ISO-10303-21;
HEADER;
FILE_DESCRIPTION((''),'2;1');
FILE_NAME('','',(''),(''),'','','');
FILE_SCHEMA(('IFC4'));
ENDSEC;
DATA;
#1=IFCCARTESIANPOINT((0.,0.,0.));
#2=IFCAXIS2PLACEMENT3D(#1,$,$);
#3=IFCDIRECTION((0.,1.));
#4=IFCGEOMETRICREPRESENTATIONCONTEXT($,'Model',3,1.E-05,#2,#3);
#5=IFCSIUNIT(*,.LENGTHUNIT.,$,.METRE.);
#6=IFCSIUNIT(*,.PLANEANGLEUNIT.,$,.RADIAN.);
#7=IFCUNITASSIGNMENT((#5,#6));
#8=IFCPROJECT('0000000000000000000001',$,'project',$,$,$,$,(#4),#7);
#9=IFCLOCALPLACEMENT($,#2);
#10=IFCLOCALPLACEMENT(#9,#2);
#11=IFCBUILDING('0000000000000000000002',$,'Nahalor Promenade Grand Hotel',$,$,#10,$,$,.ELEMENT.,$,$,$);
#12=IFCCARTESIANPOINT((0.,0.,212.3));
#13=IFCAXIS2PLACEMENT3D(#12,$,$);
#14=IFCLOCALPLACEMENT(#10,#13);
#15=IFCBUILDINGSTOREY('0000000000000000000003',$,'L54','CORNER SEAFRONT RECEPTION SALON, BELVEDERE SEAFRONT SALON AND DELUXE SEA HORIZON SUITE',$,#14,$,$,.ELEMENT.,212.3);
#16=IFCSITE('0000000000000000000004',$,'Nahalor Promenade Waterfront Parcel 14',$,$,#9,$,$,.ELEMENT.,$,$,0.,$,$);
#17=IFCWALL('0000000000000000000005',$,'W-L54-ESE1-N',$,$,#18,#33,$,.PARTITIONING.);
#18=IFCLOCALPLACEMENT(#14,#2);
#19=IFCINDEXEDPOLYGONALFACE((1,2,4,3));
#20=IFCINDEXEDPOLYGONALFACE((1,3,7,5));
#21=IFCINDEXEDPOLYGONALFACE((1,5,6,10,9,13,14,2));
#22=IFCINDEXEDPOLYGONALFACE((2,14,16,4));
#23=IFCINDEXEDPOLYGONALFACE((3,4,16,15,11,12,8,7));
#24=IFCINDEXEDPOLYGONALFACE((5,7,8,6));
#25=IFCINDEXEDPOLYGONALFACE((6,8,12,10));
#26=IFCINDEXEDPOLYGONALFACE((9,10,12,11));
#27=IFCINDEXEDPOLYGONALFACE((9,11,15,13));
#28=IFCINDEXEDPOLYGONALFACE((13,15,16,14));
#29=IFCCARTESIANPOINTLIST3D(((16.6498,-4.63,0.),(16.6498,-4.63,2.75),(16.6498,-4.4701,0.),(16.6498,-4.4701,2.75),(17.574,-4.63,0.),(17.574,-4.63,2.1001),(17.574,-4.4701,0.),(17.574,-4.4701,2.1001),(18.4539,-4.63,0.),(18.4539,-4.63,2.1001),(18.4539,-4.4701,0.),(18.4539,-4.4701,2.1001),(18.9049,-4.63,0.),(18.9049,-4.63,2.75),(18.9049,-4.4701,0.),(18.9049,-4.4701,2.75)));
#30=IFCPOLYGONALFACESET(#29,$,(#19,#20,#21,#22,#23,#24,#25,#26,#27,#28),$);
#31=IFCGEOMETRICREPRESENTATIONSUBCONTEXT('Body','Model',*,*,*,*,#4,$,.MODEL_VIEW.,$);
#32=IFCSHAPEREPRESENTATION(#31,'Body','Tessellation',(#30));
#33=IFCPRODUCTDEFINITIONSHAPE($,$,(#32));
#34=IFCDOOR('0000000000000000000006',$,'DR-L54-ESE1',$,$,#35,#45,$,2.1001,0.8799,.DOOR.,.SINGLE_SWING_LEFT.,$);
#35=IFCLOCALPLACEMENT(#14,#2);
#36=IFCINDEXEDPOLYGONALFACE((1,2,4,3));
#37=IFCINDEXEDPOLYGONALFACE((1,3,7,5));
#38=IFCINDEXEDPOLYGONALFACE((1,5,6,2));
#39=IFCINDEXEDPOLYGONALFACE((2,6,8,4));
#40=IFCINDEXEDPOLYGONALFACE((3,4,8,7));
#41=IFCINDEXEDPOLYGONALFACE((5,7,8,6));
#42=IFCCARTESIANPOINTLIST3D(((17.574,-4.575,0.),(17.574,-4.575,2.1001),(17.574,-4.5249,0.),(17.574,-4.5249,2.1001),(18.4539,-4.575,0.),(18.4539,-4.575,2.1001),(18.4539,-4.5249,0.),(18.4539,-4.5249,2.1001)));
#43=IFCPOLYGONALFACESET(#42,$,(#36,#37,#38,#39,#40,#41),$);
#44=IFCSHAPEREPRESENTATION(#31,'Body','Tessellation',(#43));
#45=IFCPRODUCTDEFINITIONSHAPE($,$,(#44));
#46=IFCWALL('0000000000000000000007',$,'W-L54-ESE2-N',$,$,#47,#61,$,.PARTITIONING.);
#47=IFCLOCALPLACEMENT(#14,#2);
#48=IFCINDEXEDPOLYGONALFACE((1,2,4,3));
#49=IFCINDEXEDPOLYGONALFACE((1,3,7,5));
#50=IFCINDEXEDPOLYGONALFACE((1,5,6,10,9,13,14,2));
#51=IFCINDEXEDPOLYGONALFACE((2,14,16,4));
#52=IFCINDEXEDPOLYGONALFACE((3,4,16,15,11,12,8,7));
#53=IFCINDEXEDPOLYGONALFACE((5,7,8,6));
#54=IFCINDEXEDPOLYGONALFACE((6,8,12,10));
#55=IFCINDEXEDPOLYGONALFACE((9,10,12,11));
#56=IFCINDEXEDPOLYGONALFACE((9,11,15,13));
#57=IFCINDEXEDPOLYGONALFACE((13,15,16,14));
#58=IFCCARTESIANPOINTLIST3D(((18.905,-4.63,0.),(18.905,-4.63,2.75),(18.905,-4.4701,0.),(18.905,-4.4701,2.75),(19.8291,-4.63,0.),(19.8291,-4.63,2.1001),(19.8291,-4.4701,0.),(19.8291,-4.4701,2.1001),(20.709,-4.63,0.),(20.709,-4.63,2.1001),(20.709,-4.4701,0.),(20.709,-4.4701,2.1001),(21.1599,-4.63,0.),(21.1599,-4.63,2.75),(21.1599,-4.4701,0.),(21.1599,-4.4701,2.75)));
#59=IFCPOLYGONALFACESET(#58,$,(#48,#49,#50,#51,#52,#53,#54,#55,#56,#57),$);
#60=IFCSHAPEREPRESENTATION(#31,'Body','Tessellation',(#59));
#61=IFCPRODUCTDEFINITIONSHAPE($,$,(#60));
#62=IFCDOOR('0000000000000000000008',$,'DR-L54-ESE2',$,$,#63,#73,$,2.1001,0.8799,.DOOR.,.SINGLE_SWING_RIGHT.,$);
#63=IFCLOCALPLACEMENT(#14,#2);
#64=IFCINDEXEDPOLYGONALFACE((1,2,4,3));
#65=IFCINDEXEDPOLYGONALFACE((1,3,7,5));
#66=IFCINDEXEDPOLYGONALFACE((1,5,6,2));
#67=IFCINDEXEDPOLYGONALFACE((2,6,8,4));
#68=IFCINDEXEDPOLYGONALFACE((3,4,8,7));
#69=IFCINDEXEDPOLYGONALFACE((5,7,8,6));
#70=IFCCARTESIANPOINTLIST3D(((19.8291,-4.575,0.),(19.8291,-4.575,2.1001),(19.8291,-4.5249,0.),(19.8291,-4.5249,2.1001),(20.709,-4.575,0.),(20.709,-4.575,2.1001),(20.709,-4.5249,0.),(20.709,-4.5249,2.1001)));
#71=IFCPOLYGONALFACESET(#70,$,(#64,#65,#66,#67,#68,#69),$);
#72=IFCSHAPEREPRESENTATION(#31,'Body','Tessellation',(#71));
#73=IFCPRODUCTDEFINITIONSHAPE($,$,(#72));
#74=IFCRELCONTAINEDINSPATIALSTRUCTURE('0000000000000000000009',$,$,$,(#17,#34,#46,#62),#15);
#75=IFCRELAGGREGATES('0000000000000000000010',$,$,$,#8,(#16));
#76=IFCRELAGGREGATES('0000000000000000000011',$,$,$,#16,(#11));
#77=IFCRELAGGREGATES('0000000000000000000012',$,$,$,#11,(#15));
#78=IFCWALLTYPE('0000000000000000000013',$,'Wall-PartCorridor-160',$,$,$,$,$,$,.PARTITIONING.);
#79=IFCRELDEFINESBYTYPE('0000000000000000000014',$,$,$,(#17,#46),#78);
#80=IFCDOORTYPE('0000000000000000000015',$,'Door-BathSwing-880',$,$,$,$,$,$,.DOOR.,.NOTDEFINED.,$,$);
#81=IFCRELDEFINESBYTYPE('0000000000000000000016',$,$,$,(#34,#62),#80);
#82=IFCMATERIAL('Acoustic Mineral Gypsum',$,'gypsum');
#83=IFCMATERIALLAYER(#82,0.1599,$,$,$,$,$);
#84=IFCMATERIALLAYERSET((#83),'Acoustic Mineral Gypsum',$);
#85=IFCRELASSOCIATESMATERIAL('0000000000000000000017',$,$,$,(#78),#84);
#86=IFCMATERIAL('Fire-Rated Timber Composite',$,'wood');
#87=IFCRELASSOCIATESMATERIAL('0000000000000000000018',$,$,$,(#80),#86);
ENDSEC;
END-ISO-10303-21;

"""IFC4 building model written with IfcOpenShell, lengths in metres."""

from ifc_helpers import new_model, si_unit, direction, frame, frame_2d, origin, place, context, subcontext, project, spatial, rectangle, extrude, source, transform, mapped, material, layer, layer_set, type_object, element, fill, save


model = new_model("IFC4")

# Units and contexts
model_context = context("Model", 3, precision=1e-05, world=origin(), true_north=direction((0.0, 1.0)))
body_context = subcontext(model_context, "Body", "Model", "MODEL_VIEW")
ifc_project = project(units=[si_unit("LENGTHUNIT", "METRE"), si_unit("PLANEANGLEUNIT", "RADIAN")], contexts=[model_context])

# Site, building, storey
site_placement = place(None, origin())
site = spatial("IfcSite", under=ifc_project, at=site_placement, Name="Nahalor Promenade Waterfront Parcel 14", CompositionType="ELEMENT", RefElevation=0.0)
building_placement = place(site_placement, origin())
building = spatial("IfcBuilding", under=site, at=building_placement, Name="Nahalor Promenade Grand Hotel", CompositionType="ELEMENT")
storey_placement = place(building_placement, frame((0.0, 0.0, 212.3)))
storey = spatial("IfcBuildingStorey", under=building, at=storey_placement, Name="L54", Description="CORNER SEAFRONT RECEPTION SALON, BELVEDERE SEAFRONT SALON AND DELUXE SEA HORIZON SUITE", CompositionType="ELEMENT", Elevation=212.3)

# Walls, openings, doors
ifc_material_1 = material(Name="Acoustic Mineral Gypsum", Category="gypsum")
ifc_layer_1 = layer(ifc_material_1, 0.1599)
ifc_layer_set_1 = layer_set([ifc_layer_1], Name="Acoustic Mineral Gypsum")
wall_type_1 = type_object("IfcWallType", Name="Wall-PartCorridor-160", PredefinedType="PARTITIONING", material=ifc_layer_set_1)
shared_shape_1 = source(origin(), body_context, "Body", "SweptSolid", [
    extrude(rectangle(XDim=2.2551, YDim=0.1599, at=frame_2d((1.1274, 0.0))), origin(), (0.0, 0.0, 1.0), 2.75),
])
wall_1_placement = place(storey_placement, frame((16.6499, -4.55, 0.0), z_axis=(0.0, 0.0, 1.0), x_axis=(1.0, 0.0, 0.0)))
wall_1 = element("IfcWall", 1, at=wall_1_placement, inside=storey, type_object=wall_type_1, Name="W-L54-ESE1-N", PredefinedType="PARTITIONING", context=body_context, shape_type="MappedRepresentation", body=[
    mapped(shared_shape_1, transform((0.0, 0.0, 0.0), scale=1.0)),
])
opening_1_placement = place(wall_1_placement, frame((0.9241, 0.0, 0.0)))
opening_1 = element("IfcOpeningElement", 2, at=opening_1_placement, cuts=wall_1, PredefinedType="OPENING", context=body_context, shape_type="SweptSolid", body=[
    extrude(rectangle(XDim=0.8799, YDim=2.1001, at=frame_2d((0.4399, 1.05))), frame((0.0, 0.0898, 0.0), z_axis=(0.0, -1.0, 0.0), x_axis=(1.0, 0.0, 0.0)), (0.0, 0.0, 1.0), 0.1799),
])
ifc_material_2 = material(Name="Fire-Rated Timber Composite", Category="wood")
door_type_1 = type_object("IfcDoorType", Name="Door-BathSwing-880", OperationType="NOTDEFINED", PredefinedType="DOOR", material=ifc_material_2)
shared_shape_2 = source(origin(), body_context, "Body", "SweptSolid", [
    extrude(rectangle(XDim=0.8799, YDim=2.1001, at=frame_2d((0.4399, 1.05))), frame((0.0, 0.0249, 0.0), z_axis=(0.0, -1.0, 0.0), x_axis=(1.0, 0.0, 0.0)), (0.0, 0.0, 1.0), 0.05),
])
door_1_placement = place(opening_1_placement, frame((0.8799, 0.0, 0.0), z_axis=(0.0, 0.0, 1.0), x_axis=(-1.0, 0.0, 0.0)))
door_1 = element("IfcDoor", 3, at=door_1_placement, inside=storey, type_object=door_type_1, Name="DR-L54-ESE1", OperationType="SINGLE_SWING_LEFT", OverallHeight=2.1001, OverallWidth=0.8799, PredefinedType="DOOR", context=body_context, shape_type="MappedRepresentation", body=[
    mapped(shared_shape_2, transform((0.0, 0.0, 0.0), scale=1.0)),
])
fill(opening_1, door_1)
shared_shape_3 = source(origin(), body_context, "Body", "SweptSolid", [
    extrude(rectangle(XDim=2.2549, YDim=0.1599, at=frame_2d((1.1274, 0.0))), origin(), (0.0, 0.0, 1.0), 2.75),
])
wall_2_placement = place(storey_placement, frame((18.905, -4.55, 0.0), z_axis=(0.0, 0.0, 1.0), x_axis=(1.0, 0.0, 0.0)))
wall_2 = element("IfcWall", 4, at=wall_2_placement, inside=storey, type_object=wall_type_1, Name="W-L54-ESE2-N", PredefinedType="PARTITIONING", context=body_context, shape_type="MappedRepresentation", body=[
    mapped(shared_shape_3, transform((0.0, 0.0, 0.0), scale=1.0)),
])
opening_2_placement = place(wall_2_placement, frame((0.9241, 0.0, 0.0)))
opening_2 = element("IfcOpeningElement", 5, at=opening_2_placement, cuts=wall_2, PredefinedType="OPENING", context=body_context, shape_type="SweptSolid", body=[
    extrude(rectangle(XDim=0.8799, YDim=2.1001, at=frame_2d((0.4399, 1.05))), frame((0.0, 0.0898, 0.0), z_axis=(0.0, -1.0, 0.0), x_axis=(1.0, 0.0, 0.0)), (0.0, 0.0, 1.0), 0.1799),
])
door_2_placement = place(opening_2_placement, frame((0.8799, 0.0, 0.0), z_axis=(0.0, 0.0, 1.0), x_axis=(-1.0, 0.0, 0.0)))
door_2 = element("IfcDoor", 6, at=door_2_placement, inside=storey, type_object=door_type_1, Name="DR-L54-ESE2", OperationType="SINGLE_SWING_RIGHT", OverallHeight=2.1001, OverallWidth=0.8799, PredefinedType="DOOR", context=body_context, shape_type="MappedRepresentation", body=[
    mapped(shared_shape_2, transform((0.0, 0.0, 0.0), scale=1.0)),
])
fill(opening_2, door_2)

save(model, "model.ifc")
